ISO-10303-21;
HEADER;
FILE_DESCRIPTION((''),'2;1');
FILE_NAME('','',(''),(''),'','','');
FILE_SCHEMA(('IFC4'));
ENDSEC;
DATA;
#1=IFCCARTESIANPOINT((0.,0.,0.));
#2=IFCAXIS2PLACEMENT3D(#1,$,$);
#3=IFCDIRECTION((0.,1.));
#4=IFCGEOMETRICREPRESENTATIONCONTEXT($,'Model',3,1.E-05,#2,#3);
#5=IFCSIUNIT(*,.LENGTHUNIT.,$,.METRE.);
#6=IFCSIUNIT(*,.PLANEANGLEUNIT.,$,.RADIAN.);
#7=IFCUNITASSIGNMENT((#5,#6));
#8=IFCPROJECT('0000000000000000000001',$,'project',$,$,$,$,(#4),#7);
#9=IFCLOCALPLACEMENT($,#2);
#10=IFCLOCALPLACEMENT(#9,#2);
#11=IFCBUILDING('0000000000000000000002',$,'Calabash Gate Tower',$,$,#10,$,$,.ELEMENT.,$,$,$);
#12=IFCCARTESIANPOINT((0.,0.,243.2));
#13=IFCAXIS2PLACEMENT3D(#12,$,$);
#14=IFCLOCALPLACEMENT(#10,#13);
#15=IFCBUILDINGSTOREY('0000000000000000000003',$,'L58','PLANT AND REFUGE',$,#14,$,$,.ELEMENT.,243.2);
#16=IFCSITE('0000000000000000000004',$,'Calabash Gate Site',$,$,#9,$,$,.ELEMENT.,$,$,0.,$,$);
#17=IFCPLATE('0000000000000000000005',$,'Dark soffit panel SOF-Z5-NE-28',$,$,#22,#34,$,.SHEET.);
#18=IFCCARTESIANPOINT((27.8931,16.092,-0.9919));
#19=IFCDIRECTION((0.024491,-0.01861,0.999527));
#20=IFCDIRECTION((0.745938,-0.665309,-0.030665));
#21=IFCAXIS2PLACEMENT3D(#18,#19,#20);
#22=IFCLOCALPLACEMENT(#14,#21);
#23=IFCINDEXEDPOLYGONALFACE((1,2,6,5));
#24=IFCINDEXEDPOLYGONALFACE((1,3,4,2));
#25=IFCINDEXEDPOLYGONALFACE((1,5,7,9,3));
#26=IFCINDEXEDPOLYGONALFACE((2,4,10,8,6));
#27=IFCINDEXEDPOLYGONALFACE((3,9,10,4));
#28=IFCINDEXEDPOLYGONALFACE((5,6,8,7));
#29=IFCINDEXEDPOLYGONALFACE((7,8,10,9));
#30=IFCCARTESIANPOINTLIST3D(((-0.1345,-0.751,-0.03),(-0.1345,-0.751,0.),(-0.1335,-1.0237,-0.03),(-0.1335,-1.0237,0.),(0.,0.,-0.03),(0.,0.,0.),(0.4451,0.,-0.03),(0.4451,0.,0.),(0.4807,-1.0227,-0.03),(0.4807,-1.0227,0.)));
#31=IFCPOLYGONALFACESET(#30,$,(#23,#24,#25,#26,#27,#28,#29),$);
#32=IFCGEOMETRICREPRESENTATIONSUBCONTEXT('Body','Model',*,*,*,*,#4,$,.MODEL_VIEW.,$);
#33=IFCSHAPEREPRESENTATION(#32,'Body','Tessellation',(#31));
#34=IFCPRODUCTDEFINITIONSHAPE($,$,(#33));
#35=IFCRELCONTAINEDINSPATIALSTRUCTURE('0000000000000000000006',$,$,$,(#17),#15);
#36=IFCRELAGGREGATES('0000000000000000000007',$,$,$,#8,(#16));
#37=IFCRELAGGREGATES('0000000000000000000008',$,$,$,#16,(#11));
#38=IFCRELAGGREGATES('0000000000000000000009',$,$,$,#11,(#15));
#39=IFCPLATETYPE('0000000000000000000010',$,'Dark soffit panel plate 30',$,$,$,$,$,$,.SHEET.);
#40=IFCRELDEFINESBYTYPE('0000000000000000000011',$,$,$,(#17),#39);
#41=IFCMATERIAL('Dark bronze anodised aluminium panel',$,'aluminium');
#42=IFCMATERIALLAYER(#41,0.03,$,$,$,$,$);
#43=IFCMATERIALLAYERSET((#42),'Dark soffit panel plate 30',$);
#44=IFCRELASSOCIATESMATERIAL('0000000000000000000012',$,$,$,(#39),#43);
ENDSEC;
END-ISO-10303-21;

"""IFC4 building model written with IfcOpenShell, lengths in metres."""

from ifc_helpers import new_model, si_unit, direction, frame, origin, place, context, subcontext, project, spatial, polyline, outline, extrude, material, layer, layer_set, type_object, element, save


model = new_model("IFC4")

# Units and contexts
model_context = context("Model", 3, precision=1e-05, world=origin(), true_north=direction((0.0, 1.0)))
body_context = subcontext(model_context, "Body", "Model", "MODEL_VIEW")
ifc_project = project(units=[si_unit("LENGTHUNIT", "METRE"), si_unit("PLANEANGLEUNIT", "RADIAN")], contexts=[model_context])

# Site, building, storey
site_placement = place(None, origin())
site = spatial("IfcSite", under=ifc_project, at=site_placement, Name="Calabash Gate Site", CompositionType="ELEMENT", RefElevation=0.0)
building_placement = place(site_placement, origin())
building = spatial("IfcBuilding", under=site, at=building_placement, Name="Calabash Gate Tower", CompositionType="ELEMENT")
storey_placement = place(building_placement, frame((0.0, 0.0, 243.2)))
storey = spatial("IfcBuildingStorey", under=building, at=storey_placement, Name="L58", Description="PLANT AND REFUGE", CompositionType="ELEMENT", Elevation=243.2)

# Plate
ifc_material_1 = material(Name="Dark bronze anodised aluminium panel", Category="aluminium")
ifc_layer_1 = layer(ifc_material_1, 0.03)
ifc_layer_set_1 = layer_set([ifc_layer_1], Name="Dark soffit panel plate 30")
plate_type_1 = type_object("IfcPlateType", Name="Dark soffit panel plate 30", PredefinedType="SHEET", material=ifc_layer_set_1)
plate_1_placement = place(storey_placement, frame((27.8931, 16.092, -0.9919), z_axis=(0.024491, -0.01861, 0.999527), x_axis=(0.745938, -0.665309, -0.030665)))
element("IfcPlate", 1, at=plate_1_placement, inside=storey, type_object=plate_type_1, Name="Dark soffit panel SOF-Z5-NE-28", PredefinedType="SHEET", context=body_context, shape_type="SweptSolid", body=[
    extrude(outline(polyline([(0.0, 0.0), (0.4451, 0.0), (0.4807, -1.0227), (-0.1335, -1.0237), (-0.1345, -0.751), (0.0, 0.0)])), origin(), (0.0, 0.0, -1.0), 0.03),
])

save(model, "model.ifc")
